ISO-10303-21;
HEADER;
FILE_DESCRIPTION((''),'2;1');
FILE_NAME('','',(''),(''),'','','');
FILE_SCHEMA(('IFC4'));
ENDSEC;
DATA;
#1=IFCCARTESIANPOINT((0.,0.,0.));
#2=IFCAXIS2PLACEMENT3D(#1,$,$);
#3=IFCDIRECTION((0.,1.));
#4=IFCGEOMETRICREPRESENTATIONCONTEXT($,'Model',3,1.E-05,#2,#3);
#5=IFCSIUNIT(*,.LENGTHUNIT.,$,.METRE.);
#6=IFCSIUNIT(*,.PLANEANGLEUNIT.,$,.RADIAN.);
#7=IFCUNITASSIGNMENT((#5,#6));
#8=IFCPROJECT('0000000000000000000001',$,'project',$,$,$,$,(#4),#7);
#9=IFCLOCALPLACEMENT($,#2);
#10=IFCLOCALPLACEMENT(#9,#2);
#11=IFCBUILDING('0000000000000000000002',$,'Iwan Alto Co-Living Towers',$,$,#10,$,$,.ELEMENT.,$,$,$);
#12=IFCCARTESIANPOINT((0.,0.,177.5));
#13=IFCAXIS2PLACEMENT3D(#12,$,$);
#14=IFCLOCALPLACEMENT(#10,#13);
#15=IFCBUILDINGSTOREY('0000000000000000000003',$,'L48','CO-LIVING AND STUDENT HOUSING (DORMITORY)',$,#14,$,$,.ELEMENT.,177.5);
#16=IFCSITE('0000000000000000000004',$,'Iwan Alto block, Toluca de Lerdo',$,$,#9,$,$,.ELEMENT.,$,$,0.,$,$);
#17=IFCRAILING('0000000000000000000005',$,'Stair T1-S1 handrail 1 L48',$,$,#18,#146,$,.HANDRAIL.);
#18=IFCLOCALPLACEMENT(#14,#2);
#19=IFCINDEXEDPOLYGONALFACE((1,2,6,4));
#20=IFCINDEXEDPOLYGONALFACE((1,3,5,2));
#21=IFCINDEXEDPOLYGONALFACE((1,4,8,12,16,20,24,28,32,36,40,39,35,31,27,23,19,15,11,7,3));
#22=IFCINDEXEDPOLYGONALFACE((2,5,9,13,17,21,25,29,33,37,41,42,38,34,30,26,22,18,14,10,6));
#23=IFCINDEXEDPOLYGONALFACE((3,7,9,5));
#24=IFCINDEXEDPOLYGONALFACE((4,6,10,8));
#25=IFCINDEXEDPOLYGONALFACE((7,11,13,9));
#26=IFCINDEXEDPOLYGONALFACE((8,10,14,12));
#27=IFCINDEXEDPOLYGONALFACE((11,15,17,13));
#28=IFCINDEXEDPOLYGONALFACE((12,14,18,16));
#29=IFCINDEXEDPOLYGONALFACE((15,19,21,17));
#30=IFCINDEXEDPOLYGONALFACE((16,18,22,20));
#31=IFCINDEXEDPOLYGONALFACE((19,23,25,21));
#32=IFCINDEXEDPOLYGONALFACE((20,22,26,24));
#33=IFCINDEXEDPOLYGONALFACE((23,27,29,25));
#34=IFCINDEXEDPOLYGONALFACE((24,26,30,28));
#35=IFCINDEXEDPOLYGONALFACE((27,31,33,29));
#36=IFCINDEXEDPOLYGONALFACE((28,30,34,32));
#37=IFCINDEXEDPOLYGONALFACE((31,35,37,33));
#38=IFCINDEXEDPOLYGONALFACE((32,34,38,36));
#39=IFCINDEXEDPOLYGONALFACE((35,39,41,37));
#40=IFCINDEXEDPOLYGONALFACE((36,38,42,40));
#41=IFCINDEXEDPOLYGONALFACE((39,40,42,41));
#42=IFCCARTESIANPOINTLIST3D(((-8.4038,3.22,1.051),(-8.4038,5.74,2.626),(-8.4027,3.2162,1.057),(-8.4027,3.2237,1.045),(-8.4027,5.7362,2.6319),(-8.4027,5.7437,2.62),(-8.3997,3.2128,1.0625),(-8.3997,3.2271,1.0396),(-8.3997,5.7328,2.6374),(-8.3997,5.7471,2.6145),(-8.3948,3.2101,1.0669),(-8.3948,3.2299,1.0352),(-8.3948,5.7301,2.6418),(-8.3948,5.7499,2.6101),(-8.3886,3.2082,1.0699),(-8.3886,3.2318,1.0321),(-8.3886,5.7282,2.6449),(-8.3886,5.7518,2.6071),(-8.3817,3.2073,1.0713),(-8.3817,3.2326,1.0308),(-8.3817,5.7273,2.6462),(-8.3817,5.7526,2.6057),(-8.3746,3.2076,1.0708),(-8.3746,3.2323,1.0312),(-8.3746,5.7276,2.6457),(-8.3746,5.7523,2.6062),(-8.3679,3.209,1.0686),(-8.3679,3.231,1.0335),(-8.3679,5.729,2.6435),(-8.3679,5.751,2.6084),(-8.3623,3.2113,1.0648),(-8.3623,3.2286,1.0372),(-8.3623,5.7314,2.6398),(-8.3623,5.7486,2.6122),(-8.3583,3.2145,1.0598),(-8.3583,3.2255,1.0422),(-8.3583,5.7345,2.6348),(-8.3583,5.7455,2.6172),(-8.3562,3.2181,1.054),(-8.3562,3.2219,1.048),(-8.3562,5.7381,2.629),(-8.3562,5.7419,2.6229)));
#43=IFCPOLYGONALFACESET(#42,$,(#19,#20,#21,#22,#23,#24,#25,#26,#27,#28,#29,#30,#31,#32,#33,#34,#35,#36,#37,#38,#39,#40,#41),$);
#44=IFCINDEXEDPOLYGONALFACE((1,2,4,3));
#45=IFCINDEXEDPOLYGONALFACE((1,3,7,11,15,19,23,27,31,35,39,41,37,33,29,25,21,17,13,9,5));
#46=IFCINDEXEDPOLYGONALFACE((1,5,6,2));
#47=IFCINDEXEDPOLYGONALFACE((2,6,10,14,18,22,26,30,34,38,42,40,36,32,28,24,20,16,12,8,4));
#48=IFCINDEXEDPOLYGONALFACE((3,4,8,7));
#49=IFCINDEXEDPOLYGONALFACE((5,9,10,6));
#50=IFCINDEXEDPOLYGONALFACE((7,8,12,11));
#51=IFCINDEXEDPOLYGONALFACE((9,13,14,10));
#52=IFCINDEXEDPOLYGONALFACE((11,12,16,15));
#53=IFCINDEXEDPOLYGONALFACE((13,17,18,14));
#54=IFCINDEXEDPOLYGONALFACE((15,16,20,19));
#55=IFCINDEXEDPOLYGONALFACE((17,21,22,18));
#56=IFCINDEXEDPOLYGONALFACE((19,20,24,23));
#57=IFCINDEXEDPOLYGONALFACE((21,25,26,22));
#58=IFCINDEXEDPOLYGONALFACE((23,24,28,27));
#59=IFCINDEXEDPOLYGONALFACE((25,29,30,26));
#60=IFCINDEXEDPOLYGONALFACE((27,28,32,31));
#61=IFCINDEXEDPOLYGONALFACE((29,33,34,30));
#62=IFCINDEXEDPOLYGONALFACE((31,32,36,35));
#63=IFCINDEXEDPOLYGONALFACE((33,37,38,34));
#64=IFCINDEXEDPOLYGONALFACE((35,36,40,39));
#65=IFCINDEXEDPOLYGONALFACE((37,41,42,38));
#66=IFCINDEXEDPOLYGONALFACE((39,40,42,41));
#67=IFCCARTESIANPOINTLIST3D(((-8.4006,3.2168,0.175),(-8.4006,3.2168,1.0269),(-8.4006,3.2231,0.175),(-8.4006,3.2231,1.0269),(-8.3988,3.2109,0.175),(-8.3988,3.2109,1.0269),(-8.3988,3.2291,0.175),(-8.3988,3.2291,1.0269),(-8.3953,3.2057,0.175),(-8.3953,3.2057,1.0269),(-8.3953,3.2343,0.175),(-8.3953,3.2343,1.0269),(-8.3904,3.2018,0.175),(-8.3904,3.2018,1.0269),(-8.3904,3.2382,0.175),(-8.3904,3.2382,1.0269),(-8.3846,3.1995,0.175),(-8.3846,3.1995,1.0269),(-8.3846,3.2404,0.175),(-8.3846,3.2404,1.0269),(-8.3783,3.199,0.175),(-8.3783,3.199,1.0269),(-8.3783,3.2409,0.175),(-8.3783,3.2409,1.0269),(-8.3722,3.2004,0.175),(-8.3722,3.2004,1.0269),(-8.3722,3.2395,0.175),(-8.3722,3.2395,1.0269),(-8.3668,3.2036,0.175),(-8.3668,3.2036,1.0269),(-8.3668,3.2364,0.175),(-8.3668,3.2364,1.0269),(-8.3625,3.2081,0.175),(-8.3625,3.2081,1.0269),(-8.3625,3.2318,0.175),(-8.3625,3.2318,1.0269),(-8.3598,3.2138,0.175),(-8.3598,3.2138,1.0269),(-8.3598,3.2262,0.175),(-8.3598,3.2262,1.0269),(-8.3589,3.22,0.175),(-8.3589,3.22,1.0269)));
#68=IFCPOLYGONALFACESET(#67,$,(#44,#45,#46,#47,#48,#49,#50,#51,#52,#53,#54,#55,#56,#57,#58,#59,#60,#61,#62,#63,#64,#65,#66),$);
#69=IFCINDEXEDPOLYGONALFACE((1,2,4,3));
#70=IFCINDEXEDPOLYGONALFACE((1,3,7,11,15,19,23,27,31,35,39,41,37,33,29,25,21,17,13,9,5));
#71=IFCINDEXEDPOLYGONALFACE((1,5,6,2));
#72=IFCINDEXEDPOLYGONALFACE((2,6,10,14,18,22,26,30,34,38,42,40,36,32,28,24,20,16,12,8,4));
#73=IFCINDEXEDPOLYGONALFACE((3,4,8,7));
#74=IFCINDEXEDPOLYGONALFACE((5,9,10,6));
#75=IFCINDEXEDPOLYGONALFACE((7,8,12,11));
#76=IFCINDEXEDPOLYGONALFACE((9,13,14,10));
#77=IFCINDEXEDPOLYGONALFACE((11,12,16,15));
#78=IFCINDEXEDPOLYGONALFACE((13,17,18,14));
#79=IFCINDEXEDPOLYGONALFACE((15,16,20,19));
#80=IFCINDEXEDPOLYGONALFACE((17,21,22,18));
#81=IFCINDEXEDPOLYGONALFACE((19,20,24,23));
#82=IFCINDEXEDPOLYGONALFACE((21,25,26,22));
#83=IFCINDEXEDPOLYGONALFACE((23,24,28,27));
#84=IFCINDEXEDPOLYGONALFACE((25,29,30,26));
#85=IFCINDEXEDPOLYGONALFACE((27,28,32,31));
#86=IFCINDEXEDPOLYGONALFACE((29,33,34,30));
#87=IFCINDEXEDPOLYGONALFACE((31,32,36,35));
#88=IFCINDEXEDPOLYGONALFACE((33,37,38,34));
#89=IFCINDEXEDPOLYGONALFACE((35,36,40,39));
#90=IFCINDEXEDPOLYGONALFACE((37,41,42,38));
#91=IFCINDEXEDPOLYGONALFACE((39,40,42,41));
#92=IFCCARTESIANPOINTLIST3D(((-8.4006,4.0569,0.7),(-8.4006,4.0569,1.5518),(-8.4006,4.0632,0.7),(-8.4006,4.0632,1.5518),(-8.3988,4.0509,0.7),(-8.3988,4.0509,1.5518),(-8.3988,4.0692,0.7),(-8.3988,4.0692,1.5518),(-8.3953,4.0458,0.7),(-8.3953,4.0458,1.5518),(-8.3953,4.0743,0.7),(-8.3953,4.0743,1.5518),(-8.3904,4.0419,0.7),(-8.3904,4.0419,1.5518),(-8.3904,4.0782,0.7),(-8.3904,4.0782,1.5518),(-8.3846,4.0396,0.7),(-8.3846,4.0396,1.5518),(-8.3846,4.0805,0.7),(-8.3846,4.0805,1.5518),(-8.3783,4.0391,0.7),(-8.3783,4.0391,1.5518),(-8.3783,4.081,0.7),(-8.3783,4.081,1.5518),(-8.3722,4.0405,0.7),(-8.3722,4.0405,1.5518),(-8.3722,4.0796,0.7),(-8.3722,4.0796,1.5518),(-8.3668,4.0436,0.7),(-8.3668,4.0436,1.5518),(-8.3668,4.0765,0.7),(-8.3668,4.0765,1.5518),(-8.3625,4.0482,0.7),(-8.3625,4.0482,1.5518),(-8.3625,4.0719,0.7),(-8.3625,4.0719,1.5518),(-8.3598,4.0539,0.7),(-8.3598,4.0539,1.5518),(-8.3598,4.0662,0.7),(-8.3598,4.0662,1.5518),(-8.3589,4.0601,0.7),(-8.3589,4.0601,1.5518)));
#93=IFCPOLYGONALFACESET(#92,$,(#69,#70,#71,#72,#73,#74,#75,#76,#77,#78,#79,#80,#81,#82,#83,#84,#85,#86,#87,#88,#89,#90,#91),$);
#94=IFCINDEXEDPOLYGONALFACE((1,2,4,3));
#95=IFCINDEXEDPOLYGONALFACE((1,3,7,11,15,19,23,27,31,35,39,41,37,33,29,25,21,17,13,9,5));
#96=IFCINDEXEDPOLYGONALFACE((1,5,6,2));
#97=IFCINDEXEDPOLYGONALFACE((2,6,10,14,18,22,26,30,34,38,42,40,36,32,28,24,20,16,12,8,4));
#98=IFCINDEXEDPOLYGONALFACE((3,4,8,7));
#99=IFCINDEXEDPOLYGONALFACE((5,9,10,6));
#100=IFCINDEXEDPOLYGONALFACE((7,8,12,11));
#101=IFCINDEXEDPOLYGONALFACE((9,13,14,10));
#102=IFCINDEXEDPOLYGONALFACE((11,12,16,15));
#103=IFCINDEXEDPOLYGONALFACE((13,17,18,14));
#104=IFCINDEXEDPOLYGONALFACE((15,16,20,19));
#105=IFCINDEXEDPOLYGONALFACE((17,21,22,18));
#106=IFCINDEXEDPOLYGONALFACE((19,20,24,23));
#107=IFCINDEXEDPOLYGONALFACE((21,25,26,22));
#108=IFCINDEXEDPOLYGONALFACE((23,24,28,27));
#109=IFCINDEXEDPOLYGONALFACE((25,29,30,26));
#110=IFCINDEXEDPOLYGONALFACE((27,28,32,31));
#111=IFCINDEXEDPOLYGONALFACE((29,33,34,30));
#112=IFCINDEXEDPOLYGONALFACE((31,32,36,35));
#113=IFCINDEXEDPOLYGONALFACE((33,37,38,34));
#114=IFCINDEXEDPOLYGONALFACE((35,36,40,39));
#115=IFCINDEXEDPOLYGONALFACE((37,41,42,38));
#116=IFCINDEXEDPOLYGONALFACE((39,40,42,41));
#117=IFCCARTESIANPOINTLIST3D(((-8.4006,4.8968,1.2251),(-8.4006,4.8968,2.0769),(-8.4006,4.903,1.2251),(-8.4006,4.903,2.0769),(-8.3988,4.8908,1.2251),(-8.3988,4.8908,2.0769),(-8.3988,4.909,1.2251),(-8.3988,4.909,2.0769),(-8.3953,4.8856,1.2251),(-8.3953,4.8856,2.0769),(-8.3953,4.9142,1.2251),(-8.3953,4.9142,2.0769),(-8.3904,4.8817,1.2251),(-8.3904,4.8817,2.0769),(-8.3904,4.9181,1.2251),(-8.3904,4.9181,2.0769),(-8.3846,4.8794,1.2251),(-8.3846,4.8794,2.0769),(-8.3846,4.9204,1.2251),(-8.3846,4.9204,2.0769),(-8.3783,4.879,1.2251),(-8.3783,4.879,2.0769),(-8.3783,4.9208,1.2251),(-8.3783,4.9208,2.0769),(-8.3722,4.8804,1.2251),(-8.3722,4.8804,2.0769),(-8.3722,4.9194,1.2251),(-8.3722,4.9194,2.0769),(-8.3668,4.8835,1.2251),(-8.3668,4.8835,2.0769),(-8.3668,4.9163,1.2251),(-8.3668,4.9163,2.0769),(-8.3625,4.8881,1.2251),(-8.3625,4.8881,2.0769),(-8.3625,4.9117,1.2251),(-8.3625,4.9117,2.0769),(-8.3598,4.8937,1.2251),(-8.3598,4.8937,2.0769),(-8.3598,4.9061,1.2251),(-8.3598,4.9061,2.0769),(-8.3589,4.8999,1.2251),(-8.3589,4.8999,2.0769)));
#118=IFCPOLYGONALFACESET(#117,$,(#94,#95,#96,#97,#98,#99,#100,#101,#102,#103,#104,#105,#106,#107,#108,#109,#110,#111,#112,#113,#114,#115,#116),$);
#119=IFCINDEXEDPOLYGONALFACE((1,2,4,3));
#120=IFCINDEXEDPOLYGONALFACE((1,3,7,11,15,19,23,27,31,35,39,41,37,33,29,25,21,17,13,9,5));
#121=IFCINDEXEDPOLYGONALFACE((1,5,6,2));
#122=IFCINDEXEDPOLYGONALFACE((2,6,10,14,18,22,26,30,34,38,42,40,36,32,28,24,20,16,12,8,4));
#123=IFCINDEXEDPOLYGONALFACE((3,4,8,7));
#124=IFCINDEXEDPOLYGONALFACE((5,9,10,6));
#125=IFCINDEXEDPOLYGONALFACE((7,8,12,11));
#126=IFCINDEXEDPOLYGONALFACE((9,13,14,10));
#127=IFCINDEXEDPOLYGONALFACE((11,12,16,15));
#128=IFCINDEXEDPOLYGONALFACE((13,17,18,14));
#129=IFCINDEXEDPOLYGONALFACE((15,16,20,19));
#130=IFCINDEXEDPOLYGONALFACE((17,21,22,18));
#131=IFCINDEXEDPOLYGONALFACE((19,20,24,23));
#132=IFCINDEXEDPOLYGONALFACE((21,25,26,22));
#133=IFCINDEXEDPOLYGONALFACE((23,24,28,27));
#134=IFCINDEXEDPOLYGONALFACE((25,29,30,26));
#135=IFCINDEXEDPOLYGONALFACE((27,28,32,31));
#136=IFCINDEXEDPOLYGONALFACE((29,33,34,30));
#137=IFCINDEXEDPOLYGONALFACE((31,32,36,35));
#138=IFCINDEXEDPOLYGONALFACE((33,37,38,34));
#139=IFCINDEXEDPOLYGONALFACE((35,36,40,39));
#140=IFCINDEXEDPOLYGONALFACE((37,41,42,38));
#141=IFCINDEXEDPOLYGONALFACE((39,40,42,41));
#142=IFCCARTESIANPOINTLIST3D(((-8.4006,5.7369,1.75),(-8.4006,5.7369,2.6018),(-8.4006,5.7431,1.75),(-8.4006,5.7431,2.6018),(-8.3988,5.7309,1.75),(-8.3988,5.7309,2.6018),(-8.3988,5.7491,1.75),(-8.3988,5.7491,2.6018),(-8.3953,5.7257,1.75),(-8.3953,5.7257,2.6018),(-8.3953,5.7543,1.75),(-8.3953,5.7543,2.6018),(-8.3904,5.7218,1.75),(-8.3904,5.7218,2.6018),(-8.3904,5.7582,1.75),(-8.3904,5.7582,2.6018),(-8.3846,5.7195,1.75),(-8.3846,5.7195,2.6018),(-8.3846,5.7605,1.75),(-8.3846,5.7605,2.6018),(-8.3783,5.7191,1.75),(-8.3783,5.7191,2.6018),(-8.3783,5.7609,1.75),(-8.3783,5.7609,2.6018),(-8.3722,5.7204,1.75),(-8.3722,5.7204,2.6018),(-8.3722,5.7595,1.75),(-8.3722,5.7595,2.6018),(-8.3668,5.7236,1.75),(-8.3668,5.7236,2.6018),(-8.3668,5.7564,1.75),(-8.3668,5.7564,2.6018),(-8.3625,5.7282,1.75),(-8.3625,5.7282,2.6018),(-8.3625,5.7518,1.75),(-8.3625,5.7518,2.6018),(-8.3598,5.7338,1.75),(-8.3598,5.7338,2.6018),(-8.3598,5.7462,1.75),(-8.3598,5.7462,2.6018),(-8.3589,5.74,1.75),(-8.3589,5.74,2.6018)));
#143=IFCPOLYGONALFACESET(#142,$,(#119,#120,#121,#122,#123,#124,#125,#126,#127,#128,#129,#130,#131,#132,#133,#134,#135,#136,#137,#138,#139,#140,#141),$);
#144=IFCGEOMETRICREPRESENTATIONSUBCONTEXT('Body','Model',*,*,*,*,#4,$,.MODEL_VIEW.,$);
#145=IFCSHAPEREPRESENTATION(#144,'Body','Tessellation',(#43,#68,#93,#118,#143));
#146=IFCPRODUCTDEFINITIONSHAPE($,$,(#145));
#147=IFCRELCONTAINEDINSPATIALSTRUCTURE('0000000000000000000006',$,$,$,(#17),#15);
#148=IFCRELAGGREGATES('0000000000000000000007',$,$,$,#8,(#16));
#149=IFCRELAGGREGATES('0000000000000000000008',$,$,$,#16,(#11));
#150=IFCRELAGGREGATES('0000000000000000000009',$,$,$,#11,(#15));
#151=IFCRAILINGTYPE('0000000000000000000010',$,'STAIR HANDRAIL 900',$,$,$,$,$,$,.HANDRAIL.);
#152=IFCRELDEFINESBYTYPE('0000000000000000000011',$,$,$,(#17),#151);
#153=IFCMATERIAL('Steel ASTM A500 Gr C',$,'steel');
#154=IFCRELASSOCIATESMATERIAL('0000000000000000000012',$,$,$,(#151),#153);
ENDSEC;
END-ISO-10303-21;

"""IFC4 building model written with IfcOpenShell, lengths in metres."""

from ifc_helpers import new_model, si_unit, direction, frame, origin, origin_2d, place, context, subcontext, project, spatial, circle, extrude, material, type_object, element, save


model = new_model("IFC4")

# Units and contexts
model_context = context("Model", 3, precision=1e-05, world=origin(), true_north=direction((0.0, 1.0)))
body_context = subcontext(model_context, "Body", "Model", "MODEL_VIEW")
ifc_project = project(units=[si_unit("LENGTHUNIT", "METRE"), si_unit("PLANEANGLEUNIT", "RADIAN")], contexts=[model_context])

# Site, building, storey
site_placement = place(None, origin())
site = spatial("IfcSite", under=ifc_project, at=site_placement, Name="Iwan Alto block, Toluca de Lerdo", CompositionType="ELEMENT", RefElevation=0.0)
building_placement = place(site_placement, origin())
building = spatial("IfcBuilding", under=site, at=building_placement, Name="Iwan Alto Co-Living Towers", CompositionType="ELEMENT")
storey_placement = place(building_placement, frame((0.0, 0.0, 177.5)))
storey = spatial("IfcBuildingStorey", under=building, at=storey_placement, Name="L48", Description="CO-LIVING AND STUDENT HOUSING (DORMITORY)", CompositionType="ELEMENT", Elevation=177.5)

# Railing
ifc_material_1 = material(Name="Steel ASTM A500 Gr C", Category="steel")
railing_type_1 = type_object("IfcRailingType", Name="STAIR HANDRAIL 900", PredefinedType="HANDRAIL", material=ifc_material_1)
railing_1_placement = place(storey_placement, frame((-8.3799, 3.22, 0.175)))
element("IfcRailing", 1, at=railing_1_placement, inside=storey, type_object=railing_type_1, Name="Stair T1-S1 handrail 1 L48", PredefinedType="HANDRAIL", context=body_context, shape_type="SweptSolid", body=[
    extrude(circle(Radius=0.0239, at=origin_2d()), frame((0.0, 0.0, 0.876), z_axis=(0.0, 0.848008, 0.529984), x_axis=(-1.0, 0.0, 0.0)), (0.0, 0.0, 1.0), 2.9717),
    extrude(circle(Radius=0.021, at=origin_2d()), origin(), (0.0, 0.0, 1.0), 0.8518),
    extrude(circle(Radius=0.021, at=origin_2d()), frame((0.0, 0.8401, 0.5249)), (0.0, 0.0, 1.0), 0.8518),
    extrude(circle(Radius=0.021, at=origin_2d()), frame((0.0, 1.6799, 1.05)), (0.0, 0.0, 1.0), 0.8518),
    extrude(circle(Radius=0.021, at=origin_2d()), frame((0.0, 2.52, 1.575)), (0.0, 0.0, 1.0), 0.8518),
])

save(model, "model.ifc")
